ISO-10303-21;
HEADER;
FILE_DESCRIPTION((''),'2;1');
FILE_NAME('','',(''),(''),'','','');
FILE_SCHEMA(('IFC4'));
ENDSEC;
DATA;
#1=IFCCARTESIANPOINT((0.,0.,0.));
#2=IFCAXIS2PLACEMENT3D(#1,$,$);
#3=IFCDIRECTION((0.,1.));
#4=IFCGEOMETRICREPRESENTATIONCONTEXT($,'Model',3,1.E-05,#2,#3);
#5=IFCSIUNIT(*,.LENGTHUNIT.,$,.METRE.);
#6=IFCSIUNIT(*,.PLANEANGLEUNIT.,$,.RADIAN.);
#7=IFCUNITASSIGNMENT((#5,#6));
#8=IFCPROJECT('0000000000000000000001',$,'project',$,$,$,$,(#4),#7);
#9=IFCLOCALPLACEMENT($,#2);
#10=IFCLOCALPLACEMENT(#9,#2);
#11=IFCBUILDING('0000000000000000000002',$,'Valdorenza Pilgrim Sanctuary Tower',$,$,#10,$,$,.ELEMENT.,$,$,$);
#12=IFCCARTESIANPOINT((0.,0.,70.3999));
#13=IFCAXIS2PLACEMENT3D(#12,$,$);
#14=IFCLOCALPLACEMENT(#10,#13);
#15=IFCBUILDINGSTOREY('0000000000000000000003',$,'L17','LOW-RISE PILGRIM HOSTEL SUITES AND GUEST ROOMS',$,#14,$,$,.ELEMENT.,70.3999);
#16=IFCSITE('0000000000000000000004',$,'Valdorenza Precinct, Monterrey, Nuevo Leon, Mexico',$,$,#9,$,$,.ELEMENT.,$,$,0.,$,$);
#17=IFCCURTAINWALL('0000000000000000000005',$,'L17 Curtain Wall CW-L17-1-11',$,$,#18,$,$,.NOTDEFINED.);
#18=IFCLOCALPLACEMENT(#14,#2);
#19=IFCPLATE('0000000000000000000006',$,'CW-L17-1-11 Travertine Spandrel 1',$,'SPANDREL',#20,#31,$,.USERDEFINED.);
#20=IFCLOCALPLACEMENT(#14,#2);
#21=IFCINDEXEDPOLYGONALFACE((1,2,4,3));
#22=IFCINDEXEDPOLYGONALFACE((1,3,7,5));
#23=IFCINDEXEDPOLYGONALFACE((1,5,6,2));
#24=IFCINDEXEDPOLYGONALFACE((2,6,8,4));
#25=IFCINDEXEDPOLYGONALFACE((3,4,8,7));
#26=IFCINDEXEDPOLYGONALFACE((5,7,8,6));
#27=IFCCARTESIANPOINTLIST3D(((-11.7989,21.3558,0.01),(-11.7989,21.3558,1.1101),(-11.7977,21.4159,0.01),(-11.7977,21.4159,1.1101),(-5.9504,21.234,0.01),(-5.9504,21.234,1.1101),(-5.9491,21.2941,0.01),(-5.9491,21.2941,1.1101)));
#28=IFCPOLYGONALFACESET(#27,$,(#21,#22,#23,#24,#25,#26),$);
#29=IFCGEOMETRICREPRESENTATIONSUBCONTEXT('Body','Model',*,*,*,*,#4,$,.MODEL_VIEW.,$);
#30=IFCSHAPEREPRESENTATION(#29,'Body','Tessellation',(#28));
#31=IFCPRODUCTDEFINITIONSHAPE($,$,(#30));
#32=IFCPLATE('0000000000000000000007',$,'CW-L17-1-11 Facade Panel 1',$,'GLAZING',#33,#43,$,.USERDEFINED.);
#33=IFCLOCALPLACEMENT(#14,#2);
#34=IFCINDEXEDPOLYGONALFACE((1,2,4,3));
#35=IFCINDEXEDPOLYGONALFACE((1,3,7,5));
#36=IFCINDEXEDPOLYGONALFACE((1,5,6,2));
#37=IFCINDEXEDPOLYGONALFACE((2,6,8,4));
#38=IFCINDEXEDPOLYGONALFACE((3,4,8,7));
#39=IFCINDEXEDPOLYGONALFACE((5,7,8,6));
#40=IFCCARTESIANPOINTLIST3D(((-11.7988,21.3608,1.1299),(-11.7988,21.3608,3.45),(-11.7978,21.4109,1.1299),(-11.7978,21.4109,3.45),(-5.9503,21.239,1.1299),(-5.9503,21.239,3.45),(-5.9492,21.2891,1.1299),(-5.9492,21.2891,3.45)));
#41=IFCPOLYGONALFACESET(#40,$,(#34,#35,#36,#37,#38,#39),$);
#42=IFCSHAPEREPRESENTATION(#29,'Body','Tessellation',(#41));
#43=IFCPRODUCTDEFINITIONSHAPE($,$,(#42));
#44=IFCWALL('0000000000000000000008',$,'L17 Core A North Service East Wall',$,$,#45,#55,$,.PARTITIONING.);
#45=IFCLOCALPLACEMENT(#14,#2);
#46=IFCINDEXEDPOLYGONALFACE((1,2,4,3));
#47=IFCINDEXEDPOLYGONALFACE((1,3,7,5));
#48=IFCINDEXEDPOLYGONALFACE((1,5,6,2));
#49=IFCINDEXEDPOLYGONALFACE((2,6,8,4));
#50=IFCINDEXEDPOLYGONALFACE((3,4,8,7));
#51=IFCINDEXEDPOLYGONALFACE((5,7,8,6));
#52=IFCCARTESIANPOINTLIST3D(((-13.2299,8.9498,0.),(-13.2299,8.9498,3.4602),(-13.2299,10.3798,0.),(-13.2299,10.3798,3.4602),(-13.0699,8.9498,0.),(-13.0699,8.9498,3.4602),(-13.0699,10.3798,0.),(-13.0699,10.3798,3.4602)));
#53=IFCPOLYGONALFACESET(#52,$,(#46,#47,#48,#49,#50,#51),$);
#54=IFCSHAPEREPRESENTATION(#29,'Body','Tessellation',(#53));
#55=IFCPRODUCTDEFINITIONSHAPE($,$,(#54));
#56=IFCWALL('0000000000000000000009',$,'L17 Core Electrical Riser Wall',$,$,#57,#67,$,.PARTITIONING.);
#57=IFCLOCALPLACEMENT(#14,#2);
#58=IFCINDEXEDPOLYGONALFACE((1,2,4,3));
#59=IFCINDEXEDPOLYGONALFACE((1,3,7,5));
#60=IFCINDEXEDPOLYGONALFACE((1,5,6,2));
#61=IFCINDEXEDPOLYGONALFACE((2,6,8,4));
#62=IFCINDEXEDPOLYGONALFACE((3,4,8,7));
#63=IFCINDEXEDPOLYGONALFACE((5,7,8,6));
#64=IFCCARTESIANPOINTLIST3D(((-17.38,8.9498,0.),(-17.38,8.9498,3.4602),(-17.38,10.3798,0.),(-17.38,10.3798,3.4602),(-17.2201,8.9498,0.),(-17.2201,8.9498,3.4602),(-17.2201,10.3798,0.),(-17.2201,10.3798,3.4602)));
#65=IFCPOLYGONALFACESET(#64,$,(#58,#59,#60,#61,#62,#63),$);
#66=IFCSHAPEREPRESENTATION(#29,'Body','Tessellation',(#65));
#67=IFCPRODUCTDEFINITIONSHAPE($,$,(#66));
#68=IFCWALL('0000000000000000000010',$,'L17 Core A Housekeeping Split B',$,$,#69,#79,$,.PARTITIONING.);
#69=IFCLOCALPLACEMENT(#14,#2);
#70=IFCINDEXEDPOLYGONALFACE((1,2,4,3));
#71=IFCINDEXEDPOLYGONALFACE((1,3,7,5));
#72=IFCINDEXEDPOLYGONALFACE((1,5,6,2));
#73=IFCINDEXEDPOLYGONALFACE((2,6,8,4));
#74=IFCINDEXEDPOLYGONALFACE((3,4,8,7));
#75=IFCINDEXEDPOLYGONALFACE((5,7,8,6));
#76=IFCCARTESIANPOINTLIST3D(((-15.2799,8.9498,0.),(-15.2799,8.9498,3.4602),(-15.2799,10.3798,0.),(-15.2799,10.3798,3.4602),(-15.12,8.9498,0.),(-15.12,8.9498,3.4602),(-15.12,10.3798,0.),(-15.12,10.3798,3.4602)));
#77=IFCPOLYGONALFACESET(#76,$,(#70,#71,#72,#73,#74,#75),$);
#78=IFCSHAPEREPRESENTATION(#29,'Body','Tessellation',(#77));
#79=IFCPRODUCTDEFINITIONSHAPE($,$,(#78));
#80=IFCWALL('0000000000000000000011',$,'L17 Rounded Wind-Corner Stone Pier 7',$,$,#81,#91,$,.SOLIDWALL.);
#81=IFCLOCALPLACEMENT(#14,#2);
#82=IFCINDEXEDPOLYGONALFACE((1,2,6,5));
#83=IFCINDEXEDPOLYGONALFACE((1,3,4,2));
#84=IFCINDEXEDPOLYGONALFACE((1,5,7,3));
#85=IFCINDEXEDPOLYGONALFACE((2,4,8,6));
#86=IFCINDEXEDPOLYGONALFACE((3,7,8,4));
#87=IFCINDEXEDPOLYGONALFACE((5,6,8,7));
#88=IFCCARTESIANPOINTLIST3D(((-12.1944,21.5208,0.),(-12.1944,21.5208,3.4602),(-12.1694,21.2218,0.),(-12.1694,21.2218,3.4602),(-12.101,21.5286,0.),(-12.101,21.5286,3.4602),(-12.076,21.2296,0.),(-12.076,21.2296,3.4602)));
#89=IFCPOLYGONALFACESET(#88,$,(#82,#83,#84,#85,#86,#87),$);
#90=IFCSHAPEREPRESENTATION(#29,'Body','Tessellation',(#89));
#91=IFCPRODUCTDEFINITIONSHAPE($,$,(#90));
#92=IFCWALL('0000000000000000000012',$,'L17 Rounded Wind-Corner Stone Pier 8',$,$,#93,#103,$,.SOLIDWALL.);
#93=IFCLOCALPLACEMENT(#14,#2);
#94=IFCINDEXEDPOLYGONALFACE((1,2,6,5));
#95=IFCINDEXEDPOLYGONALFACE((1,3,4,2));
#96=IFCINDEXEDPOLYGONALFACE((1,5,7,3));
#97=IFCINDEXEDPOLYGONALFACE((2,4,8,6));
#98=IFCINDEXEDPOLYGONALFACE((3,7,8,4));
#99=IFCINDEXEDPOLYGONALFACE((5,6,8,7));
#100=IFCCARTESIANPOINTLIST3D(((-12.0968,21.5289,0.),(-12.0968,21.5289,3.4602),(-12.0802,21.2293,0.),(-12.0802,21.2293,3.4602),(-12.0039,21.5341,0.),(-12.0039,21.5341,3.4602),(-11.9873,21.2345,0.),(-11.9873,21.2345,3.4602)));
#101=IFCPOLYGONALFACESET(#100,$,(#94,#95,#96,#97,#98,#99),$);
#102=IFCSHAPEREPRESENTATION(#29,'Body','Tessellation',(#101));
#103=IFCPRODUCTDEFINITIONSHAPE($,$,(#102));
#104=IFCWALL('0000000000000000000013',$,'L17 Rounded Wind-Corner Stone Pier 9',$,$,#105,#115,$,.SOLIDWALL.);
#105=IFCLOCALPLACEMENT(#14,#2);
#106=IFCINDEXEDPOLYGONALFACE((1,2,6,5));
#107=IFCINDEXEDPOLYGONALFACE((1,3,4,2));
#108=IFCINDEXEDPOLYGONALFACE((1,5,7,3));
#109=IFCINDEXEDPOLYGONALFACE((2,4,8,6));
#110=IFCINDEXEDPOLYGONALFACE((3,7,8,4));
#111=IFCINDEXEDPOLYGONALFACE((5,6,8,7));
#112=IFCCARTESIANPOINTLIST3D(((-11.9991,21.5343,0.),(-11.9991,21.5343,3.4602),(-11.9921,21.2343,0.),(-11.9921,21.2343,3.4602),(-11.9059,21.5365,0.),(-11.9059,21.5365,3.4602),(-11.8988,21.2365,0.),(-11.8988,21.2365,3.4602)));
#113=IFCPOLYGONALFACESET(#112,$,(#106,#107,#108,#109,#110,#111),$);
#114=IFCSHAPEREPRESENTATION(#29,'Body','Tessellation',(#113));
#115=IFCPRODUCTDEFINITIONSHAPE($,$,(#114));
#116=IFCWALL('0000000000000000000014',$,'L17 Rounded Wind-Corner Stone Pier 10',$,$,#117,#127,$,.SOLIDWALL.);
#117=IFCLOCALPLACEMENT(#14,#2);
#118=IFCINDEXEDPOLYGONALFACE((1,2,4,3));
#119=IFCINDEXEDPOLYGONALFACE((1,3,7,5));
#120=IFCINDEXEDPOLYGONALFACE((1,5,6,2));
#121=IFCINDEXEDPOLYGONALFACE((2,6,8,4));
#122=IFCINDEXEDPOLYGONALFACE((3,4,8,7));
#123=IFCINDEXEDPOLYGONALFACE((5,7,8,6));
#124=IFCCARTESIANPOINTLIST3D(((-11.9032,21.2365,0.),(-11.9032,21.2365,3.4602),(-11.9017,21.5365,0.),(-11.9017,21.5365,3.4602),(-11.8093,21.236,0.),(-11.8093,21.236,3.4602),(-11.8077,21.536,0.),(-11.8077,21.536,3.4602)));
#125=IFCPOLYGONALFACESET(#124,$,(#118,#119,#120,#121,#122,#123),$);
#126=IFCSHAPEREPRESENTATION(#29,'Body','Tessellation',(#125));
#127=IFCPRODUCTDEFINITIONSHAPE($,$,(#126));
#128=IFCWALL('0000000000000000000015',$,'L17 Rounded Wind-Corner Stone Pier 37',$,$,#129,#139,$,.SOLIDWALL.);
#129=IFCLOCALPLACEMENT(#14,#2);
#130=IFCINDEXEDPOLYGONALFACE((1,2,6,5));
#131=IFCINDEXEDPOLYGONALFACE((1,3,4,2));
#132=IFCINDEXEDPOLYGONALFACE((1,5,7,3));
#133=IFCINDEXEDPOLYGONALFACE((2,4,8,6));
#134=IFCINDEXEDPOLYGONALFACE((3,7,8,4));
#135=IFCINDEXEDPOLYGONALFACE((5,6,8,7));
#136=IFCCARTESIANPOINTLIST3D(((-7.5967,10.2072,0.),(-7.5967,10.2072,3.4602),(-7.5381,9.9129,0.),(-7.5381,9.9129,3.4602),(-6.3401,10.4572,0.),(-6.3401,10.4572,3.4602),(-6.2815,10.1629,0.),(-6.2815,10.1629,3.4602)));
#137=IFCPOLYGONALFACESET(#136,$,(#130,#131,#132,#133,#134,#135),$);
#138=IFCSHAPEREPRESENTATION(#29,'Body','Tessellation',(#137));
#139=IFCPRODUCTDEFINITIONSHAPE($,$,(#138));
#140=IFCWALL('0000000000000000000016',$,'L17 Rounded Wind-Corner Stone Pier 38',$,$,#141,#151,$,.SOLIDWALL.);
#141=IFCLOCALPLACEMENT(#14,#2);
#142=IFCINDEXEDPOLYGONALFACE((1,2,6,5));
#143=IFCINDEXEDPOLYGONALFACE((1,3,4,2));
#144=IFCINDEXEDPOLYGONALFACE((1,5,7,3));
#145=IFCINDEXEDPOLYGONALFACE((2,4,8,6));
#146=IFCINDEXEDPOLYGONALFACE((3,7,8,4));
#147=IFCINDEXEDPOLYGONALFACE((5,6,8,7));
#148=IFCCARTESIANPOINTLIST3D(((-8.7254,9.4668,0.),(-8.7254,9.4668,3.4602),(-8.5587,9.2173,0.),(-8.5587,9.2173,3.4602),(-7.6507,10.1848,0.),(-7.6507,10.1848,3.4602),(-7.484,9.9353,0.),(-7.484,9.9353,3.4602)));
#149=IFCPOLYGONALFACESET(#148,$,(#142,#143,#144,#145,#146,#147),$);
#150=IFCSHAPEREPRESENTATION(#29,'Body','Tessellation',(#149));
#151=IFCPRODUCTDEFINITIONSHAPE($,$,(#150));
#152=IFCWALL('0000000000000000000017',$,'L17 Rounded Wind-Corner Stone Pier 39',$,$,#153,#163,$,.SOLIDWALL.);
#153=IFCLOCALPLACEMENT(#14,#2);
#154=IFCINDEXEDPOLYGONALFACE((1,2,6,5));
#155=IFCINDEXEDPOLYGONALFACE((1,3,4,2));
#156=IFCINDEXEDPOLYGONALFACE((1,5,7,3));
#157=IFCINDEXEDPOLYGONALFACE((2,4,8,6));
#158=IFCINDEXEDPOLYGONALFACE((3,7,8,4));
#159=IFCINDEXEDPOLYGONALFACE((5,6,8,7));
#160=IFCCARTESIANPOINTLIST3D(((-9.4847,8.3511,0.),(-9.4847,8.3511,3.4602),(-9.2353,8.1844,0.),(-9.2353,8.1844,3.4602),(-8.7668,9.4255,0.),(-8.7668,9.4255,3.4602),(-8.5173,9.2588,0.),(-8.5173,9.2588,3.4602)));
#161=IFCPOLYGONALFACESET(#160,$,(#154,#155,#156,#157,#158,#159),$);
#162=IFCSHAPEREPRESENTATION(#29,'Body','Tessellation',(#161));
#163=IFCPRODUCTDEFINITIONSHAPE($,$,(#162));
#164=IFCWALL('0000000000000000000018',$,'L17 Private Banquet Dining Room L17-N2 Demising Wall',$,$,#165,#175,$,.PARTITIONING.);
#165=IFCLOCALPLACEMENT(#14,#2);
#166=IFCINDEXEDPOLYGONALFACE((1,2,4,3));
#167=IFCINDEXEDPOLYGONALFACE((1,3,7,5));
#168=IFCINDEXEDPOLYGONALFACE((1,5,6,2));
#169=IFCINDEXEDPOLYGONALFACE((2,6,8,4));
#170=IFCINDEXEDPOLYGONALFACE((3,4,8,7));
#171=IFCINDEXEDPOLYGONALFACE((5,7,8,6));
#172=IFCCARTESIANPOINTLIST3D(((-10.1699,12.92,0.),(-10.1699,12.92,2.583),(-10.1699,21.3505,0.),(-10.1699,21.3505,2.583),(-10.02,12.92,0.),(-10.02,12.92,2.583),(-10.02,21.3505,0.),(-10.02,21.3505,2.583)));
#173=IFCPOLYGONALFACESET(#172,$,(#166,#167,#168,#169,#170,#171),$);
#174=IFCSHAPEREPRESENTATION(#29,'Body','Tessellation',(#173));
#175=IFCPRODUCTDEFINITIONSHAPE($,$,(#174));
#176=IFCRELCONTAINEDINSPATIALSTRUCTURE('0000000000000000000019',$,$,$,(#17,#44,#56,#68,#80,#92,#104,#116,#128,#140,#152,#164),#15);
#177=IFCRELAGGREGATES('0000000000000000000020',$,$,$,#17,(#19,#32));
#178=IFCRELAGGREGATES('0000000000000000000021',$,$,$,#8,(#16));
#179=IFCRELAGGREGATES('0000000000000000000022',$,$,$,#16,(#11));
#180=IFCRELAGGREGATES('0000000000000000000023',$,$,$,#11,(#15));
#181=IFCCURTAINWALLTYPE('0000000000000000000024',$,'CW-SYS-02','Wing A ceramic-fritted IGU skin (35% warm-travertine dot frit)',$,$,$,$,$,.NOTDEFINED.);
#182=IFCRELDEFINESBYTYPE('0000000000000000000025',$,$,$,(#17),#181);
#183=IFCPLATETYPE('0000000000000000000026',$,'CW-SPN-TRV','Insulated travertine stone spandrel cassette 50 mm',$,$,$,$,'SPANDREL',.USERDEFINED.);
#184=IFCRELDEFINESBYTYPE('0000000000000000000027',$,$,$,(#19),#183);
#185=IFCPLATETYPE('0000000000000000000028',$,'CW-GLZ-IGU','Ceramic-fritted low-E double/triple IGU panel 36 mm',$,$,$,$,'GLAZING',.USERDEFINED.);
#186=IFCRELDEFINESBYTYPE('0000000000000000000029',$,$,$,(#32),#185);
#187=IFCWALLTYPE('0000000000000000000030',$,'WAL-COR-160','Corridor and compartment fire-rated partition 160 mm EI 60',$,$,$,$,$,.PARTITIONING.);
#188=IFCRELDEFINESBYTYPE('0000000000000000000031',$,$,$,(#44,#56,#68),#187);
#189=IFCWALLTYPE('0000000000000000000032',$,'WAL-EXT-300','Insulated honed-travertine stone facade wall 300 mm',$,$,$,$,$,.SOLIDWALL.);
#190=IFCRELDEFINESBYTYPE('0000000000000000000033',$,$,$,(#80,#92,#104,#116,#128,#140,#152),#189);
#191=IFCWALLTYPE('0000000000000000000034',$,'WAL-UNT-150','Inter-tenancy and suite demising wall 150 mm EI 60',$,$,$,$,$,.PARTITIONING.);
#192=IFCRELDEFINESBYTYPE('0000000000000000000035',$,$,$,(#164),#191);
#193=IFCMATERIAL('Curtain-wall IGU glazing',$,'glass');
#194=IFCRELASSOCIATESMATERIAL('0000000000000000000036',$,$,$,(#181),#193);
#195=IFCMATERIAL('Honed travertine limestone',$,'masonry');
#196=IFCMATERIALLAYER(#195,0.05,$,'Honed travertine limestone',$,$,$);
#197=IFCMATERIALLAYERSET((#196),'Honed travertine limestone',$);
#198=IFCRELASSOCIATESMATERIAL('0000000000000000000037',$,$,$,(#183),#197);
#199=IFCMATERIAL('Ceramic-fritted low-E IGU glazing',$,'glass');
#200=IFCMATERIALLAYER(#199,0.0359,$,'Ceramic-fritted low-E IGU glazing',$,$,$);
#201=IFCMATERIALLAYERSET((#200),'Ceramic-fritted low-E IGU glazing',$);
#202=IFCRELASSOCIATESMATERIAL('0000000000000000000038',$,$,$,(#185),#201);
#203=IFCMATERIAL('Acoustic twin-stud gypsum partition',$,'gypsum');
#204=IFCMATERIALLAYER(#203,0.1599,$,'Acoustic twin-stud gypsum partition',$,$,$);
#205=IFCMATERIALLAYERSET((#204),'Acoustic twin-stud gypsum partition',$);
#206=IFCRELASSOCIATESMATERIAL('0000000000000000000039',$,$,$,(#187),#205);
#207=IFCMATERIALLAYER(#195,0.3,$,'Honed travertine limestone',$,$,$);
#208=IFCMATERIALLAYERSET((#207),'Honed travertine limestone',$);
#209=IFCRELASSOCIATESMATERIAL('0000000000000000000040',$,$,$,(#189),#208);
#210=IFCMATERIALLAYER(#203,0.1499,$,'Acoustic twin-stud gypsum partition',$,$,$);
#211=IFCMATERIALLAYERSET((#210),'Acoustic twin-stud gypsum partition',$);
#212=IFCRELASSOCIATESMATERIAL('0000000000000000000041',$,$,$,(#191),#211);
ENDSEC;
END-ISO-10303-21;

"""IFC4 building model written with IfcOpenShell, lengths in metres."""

from ifc_helpers import new_model, si_unit, direction, frame, frame_2d, origin, origin_2d, place, context, subcontext, project, spatial, rectangle, extrude, source, transform, mapped, material, layer, layer_set, type_object, element, aggregate, save


model = new_model("IFC4")

# Units and contexts
model_context = context("Model", 3, precision=1e-05, world=origin(), true_north=direction((0.0, 1.0)))
body_context = subcontext(model_context, "Body", "Model", "MODEL_VIEW")
ifc_project = project(units=[si_unit("LENGTHUNIT", "METRE"), si_unit("PLANEANGLEUNIT", "RADIAN")], contexts=[model_context])

# Site, building, storey
site_placement = place(None, origin())
site = spatial("IfcSite", under=ifc_project, at=site_placement, Name="Valdorenza Precinct, Monterrey, Nuevo Leon, Mexico", CompositionType="ELEMENT", RefElevation=0.0)
building_placement = place(site_placement, origin())
building = spatial("IfcBuilding", under=site, at=building_placement, Name="Valdorenza Pilgrim Sanctuary Tower", CompositionType="ELEMENT")
storey_placement = place(building_placement, frame((0.0, 0.0, 70.3999)))
storey = spatial("IfcBuildingStorey", under=building, at=storey_placement, Name="L17", Description="LOW-RISE PILGRIM HOSTEL SUITES AND GUEST ROOMS", CompositionType="ELEMENT", Elevation=70.3999)

# Curtain wall
ifc_material_1 = material(Name="Curtain-wall IGU glazing", Category="glass")
curtain_wall_type = type_object("IfcCurtainWallType", Name="CW-SYS-02", Description="Wing A ceramic-fritted IGU skin (35% warm-travertine dot frit)", PredefinedType="NOTDEFINED", material=ifc_material_1)
curtain_wall_1_placement = place(storey_placement, origin())
curtain_wall_1 = element("IfcCurtainWall", 1, at=curtain_wall_1_placement, inside=storey, type_object=curtain_wall_type, Name="L17 Curtain Wall CW-L17-1-11", PredefinedType="NOTDEFINED")

# Plates
ifc_material_2 = material(Name="Honed travertine limestone", Category="masonry")
ifc_layer_1 = layer(ifc_material_2, 0.05, Name="Honed travertine limestone")
ifc_layer_set_1 = layer_set([ifc_layer_1], Name="Honed travertine limestone")
plate_type_1 = type_object("IfcPlateType", Name="CW-SPN-TRV", Description="Insulated travertine stone spandrel cassette 50 mm", ElementType="SPANDREL", PredefinedType="USERDEFINED", material=ifc_layer_set_1)
ifc_material_3 = material(Name="Ceramic-fritted low-E IGU glazing", Category="glass")
ifc_layer_2 = layer(ifc_material_3, 0.0359, Name="Ceramic-fritted low-E IGU glazing")
ifc_layer_set_2 = layer_set([ifc_layer_2], Name="Ceramic-fritted low-E IGU glazing")
plate_type_2 = type_object("IfcPlateType", Name="CW-GLZ-IGU", Description="Ceramic-fritted low-E double/triple IGU panel 36 mm", ElementType="GLAZING", PredefinedType="USERDEFINED", material=ifc_layer_set_2)
shared_shape_1 = source(origin(), body_context, "Body", "SweptSolid", [
    extrude(rectangle(XDim=5.8499, YDim=0.0601, at=origin_2d()), origin(), (0.0, 0.0, 1.0), 1.1001),
])
plate_1_placement = place(storey_placement, frame((-8.874, 21.325, 0.01), z_axis=(0.0, 0.0, 1.0), x_axis=(0.999783, -0.02082, 0.0)))
plate_1 = element("IfcPlate", 2, at=plate_1_placement, type_object=plate_type_1, Name="CW-L17-1-11 Travertine Spandrel 1", ObjectType="SPANDREL", PredefinedType="USERDEFINED", context=body_context, shape_type="MappedRepresentation", body=[
    mapped(shared_shape_1, transform((0.0, 0.0, 0.0), x_axis=(1.0, 0.0, 0.0), y_axis=(0.0, 1.0, 0.0), z_axis=(0.0, 0.0, 1.0), scale=1.0)),
])
shared_shape_2 = source(origin(), body_context, "Body", "SweptSolid", [
    extrude(rectangle(XDim=5.8499, YDim=0.05, at=origin_2d()), origin(), (0.0, 0.0, 1.0), 2.3201),
])
plate_2_placement = place(storey_placement, frame((-8.874, 21.325, 1.1299), z_axis=(0.0, 0.0, 1.0), x_axis=(0.999783, -0.02082, 0.0)))
plate_2 = element("IfcPlate", 3, at=plate_2_placement, type_object=plate_type_2, Name="CW-L17-1-11 Facade Panel 1", ObjectType="GLAZING", PredefinedType="USERDEFINED", context=body_context, shape_type="MappedRepresentation", body=[
    mapped(shared_shape_2, transform((0.0, 0.0, 0.0), x_axis=(1.0, 0.0, 0.0), y_axis=(0.0, 1.0, 0.0), z_axis=(0.0, 0.0, 1.0), scale=1.0)),
])
aggregate(curtain_wall_1, [plate_1, plate_2])

# Walls
ifc_material_4 = material(Name="Acoustic twin-stud gypsum partition", Category="gypsum")
ifc_layer_3 = layer(ifc_material_4, 0.1599, Name="Acoustic twin-stud gypsum partition")
ifc_layer_set_3 = layer_set([ifc_layer_3], Name="Acoustic twin-stud gypsum partition")
wall_type_1 = type_object("IfcWallType", Name="WAL-COR-160", Description="Corridor and compartment fire-rated partition 160 mm EI 60", PredefinedType="PARTITIONING", material=ifc_layer_set_3)
for number, where, z_axis, x_axis, name in (
    (4, (-13.1499, 8.95, 0.0), (0.0, 0.0, 1.0), (0.0, 1.0, 0.0), "L17 Core A North Service East Wall"),
    (5, (-17.3, 8.95, 0.0), (0.0, 0.0, 1.0), (0.0, 1.0, 0.0), "L17 Core Electrical Riser Wall"),
    (6, (-15.2, 8.95, 0.0), (0.0, 0.0, 1.0), (0.0, 1.0, 0.0), "L17 Core A Housekeeping Split B"),
):
    element("IfcWall", number, at=place(storey_placement, frame(where, z_axis=z_axis, x_axis=x_axis)), inside=storey, type_object=wall_type_1, Name=name, PredefinedType="PARTITIONING", context=body_context, shape_type="SweptSolid", body=[
        extrude(rectangle(XDim=1.4299, YDim=0.1599, at=frame_2d((0.7148, 0.0))), origin(), (0.0, 0.0, 1.0), 3.4602),
    ])
ifc_layer_4 = layer(ifc_material_2, 0.3, Name="Honed travertine limestone")
ifc_layer_set_4 = layer_set([ifc_layer_4], Name="Honed travertine limestone")
wall_type_2 = type_object("IfcWallType", Name="WAL-EXT-300", Description="Insulated honed-travertine stone facade wall 300 mm", PredefinedType="SOLIDWALL", material=ifc_layer_set_4)
wall_1_placement = place(storey_placement, frame((-12.1819, 21.3713, 0.0), z_axis=(0.0, 0.0, 1.0), x_axis=(0.996528, 0.083261, 0.0)))
element("IfcWall", 7, at=wall_1_placement, inside=storey, type_object=wall_type_2, Name="L17 Rounded Wind-Corner Stone Pier 7", PredefinedType="SOLIDWALL", context=body_context, shape_type="SweptSolid", body=[
    extrude(rectangle(XDim=0.0938, YDim=0.3, at=frame_2d((0.0469, 0.0))), origin(), (0.0, 0.0, 1.0), 3.4602),
])
wall_2_placement = place(storey_placement, frame((-12.0884, 21.3792, 0.0), z_axis=(0.0, 0.0, 1.0), x_axis=(0.998476, 0.055179, 0.0)))
element("IfcWall", 8, at=wall_2_placement, inside=storey, type_object=wall_type_2, Name="L17 Rounded Wind-Corner Stone Pier 8", PredefinedType="SOLIDWALL", context=body_context, shape_type="SweptSolid", body=[
    extrude(rectangle(XDim=0.093, YDim=0.3, at=frame_2d((0.0464, 0.0))), origin(), (0.0, 0.0, 1.0), 3.4602),
])
wall_3_placement = place(storey_placement, frame((-11.9956, 21.3843, 0.0), z_axis=(0.0, 0.0, 1.0), x_axis=(0.999723, 0.023554, 0.0)))
element("IfcWall", 9, at=wall_3_placement, inside=storey, type_object=wall_type_2, Name="L17 Rounded Wind-Corner Stone Pier 9", PredefinedType="SOLIDWALL", context=body_context, shape_type="SweptSolid", body=[
    extrude(rectangle(XDim=0.0933, YDim=0.3, at=frame_2d((0.0466, 0.0))), origin(), (0.0, 0.0, 1.0), 3.4602),
])
wall_4_placement = place(storey_placement, frame((-11.9023, 21.3865, 0.0), z_axis=(0.0, 0.0, 1.0), x_axis=(0.999987, -0.005195, 0.0)))
element("IfcWall", 10, at=wall_4_placement, inside=storey, type_object=wall_type_2, Name="L17 Rounded Wind-Corner Stone Pier 10", PredefinedType="SOLIDWALL", context=body_context, shape_type="SweptSolid", body=[
    extrude(rectangle(XDim=0.094, YDim=0.3, at=frame_2d((0.0469, 0.0))), origin(), (0.0, 0.0, 1.0), 3.4602),
])
wall_5_placement = place(storey_placement, frame((-6.3108, 10.3101, 0.0), z_axis=(0.0, 0.0, 1.0), x_axis=(-0.980778, -0.195127, 0.0)))
element("IfcWall", 11, at=wall_5_placement, inside=storey, type_object=wall_type_2, Name="L17 Rounded Wind-Corner Stone Pier 37", PredefinedType="SOLIDWALL", context=body_context, shape_type="SweptSolid", body=[
    extrude(rectangle(XDim=1.2812, YDim=0.3, at=frame_2d((0.6406, 0.0))), origin(), (0.0, 0.0, 1.0), 3.4602),
])
wall_6_placement = place(storey_placement, frame((-7.5674, 10.0601, 0.0), z_axis=(0.0, 0.0, 1.0), x_axis=(-0.831498, -0.555528, 0.0)))
element("IfcWall", 12, at=wall_6_placement, inside=storey, type_object=wall_type_2, Name="L17 Rounded Wind-Corner Stone Pier 38", PredefinedType="SOLIDWALL", context=body_context, shape_type="SweptSolid", body=[
    extrude(rectangle(XDim=1.2925, YDim=0.3, at=frame_2d((0.6462, 0.0))), origin(), (0.0, 0.0, 1.0), 3.4602),
])
wall_7_placement = place(storey_placement, frame((-8.6421, 9.342, 0.0), z_axis=(0.0, 0.0, 1.0), x_axis=(-0.555615, -0.831439, 0.0)))
element("IfcWall", 13, at=wall_7_placement, inside=storey, type_object=wall_type_2, Name="L17 Rounded Wind-Corner Stone Pier 39", PredefinedType="SOLIDWALL", context=body_context, shape_type="SweptSolid", body=[
    extrude(rectangle(XDim=1.2922, YDim=0.3, at=frame_2d((0.646, 0.0))), origin(), (0.0, 0.0, 1.0), 3.4602),
])
ifc_layer_5 = layer(ifc_material_4, 0.1499, Name="Acoustic twin-stud gypsum partition")
ifc_layer_set_5 = layer_set([ifc_layer_5], Name="Acoustic twin-stud gypsum partition")
wall_type_3 = type_object("IfcWallType", Name="WAL-UNT-150", Description="Inter-tenancy and suite demising wall 150 mm EI 60", PredefinedType="PARTITIONING", material=ifc_layer_set_5)
wall_8_placement = place(storey_placement, frame((-10.095, 12.9199, 0.0), z_axis=(0.0, 0.0, 1.0), x_axis=(0.0, 1.0, 0.0)))
element("IfcWall", 14, at=wall_8_placement, inside=storey, type_object=wall_type_3, Name="L17 Private Banquet Dining Room L17-N2 Demising Wall", PredefinedType="PARTITIONING", context=body_context, shape_type="SweptSolid", body=[
    extrude(rectangle(XDim=8.4304, YDim=0.1499, at=frame_2d((4.2153, 0.0))), origin(), (0.0, 0.0, 1.0), 2.583),
])

save(model, "model.ifc")
